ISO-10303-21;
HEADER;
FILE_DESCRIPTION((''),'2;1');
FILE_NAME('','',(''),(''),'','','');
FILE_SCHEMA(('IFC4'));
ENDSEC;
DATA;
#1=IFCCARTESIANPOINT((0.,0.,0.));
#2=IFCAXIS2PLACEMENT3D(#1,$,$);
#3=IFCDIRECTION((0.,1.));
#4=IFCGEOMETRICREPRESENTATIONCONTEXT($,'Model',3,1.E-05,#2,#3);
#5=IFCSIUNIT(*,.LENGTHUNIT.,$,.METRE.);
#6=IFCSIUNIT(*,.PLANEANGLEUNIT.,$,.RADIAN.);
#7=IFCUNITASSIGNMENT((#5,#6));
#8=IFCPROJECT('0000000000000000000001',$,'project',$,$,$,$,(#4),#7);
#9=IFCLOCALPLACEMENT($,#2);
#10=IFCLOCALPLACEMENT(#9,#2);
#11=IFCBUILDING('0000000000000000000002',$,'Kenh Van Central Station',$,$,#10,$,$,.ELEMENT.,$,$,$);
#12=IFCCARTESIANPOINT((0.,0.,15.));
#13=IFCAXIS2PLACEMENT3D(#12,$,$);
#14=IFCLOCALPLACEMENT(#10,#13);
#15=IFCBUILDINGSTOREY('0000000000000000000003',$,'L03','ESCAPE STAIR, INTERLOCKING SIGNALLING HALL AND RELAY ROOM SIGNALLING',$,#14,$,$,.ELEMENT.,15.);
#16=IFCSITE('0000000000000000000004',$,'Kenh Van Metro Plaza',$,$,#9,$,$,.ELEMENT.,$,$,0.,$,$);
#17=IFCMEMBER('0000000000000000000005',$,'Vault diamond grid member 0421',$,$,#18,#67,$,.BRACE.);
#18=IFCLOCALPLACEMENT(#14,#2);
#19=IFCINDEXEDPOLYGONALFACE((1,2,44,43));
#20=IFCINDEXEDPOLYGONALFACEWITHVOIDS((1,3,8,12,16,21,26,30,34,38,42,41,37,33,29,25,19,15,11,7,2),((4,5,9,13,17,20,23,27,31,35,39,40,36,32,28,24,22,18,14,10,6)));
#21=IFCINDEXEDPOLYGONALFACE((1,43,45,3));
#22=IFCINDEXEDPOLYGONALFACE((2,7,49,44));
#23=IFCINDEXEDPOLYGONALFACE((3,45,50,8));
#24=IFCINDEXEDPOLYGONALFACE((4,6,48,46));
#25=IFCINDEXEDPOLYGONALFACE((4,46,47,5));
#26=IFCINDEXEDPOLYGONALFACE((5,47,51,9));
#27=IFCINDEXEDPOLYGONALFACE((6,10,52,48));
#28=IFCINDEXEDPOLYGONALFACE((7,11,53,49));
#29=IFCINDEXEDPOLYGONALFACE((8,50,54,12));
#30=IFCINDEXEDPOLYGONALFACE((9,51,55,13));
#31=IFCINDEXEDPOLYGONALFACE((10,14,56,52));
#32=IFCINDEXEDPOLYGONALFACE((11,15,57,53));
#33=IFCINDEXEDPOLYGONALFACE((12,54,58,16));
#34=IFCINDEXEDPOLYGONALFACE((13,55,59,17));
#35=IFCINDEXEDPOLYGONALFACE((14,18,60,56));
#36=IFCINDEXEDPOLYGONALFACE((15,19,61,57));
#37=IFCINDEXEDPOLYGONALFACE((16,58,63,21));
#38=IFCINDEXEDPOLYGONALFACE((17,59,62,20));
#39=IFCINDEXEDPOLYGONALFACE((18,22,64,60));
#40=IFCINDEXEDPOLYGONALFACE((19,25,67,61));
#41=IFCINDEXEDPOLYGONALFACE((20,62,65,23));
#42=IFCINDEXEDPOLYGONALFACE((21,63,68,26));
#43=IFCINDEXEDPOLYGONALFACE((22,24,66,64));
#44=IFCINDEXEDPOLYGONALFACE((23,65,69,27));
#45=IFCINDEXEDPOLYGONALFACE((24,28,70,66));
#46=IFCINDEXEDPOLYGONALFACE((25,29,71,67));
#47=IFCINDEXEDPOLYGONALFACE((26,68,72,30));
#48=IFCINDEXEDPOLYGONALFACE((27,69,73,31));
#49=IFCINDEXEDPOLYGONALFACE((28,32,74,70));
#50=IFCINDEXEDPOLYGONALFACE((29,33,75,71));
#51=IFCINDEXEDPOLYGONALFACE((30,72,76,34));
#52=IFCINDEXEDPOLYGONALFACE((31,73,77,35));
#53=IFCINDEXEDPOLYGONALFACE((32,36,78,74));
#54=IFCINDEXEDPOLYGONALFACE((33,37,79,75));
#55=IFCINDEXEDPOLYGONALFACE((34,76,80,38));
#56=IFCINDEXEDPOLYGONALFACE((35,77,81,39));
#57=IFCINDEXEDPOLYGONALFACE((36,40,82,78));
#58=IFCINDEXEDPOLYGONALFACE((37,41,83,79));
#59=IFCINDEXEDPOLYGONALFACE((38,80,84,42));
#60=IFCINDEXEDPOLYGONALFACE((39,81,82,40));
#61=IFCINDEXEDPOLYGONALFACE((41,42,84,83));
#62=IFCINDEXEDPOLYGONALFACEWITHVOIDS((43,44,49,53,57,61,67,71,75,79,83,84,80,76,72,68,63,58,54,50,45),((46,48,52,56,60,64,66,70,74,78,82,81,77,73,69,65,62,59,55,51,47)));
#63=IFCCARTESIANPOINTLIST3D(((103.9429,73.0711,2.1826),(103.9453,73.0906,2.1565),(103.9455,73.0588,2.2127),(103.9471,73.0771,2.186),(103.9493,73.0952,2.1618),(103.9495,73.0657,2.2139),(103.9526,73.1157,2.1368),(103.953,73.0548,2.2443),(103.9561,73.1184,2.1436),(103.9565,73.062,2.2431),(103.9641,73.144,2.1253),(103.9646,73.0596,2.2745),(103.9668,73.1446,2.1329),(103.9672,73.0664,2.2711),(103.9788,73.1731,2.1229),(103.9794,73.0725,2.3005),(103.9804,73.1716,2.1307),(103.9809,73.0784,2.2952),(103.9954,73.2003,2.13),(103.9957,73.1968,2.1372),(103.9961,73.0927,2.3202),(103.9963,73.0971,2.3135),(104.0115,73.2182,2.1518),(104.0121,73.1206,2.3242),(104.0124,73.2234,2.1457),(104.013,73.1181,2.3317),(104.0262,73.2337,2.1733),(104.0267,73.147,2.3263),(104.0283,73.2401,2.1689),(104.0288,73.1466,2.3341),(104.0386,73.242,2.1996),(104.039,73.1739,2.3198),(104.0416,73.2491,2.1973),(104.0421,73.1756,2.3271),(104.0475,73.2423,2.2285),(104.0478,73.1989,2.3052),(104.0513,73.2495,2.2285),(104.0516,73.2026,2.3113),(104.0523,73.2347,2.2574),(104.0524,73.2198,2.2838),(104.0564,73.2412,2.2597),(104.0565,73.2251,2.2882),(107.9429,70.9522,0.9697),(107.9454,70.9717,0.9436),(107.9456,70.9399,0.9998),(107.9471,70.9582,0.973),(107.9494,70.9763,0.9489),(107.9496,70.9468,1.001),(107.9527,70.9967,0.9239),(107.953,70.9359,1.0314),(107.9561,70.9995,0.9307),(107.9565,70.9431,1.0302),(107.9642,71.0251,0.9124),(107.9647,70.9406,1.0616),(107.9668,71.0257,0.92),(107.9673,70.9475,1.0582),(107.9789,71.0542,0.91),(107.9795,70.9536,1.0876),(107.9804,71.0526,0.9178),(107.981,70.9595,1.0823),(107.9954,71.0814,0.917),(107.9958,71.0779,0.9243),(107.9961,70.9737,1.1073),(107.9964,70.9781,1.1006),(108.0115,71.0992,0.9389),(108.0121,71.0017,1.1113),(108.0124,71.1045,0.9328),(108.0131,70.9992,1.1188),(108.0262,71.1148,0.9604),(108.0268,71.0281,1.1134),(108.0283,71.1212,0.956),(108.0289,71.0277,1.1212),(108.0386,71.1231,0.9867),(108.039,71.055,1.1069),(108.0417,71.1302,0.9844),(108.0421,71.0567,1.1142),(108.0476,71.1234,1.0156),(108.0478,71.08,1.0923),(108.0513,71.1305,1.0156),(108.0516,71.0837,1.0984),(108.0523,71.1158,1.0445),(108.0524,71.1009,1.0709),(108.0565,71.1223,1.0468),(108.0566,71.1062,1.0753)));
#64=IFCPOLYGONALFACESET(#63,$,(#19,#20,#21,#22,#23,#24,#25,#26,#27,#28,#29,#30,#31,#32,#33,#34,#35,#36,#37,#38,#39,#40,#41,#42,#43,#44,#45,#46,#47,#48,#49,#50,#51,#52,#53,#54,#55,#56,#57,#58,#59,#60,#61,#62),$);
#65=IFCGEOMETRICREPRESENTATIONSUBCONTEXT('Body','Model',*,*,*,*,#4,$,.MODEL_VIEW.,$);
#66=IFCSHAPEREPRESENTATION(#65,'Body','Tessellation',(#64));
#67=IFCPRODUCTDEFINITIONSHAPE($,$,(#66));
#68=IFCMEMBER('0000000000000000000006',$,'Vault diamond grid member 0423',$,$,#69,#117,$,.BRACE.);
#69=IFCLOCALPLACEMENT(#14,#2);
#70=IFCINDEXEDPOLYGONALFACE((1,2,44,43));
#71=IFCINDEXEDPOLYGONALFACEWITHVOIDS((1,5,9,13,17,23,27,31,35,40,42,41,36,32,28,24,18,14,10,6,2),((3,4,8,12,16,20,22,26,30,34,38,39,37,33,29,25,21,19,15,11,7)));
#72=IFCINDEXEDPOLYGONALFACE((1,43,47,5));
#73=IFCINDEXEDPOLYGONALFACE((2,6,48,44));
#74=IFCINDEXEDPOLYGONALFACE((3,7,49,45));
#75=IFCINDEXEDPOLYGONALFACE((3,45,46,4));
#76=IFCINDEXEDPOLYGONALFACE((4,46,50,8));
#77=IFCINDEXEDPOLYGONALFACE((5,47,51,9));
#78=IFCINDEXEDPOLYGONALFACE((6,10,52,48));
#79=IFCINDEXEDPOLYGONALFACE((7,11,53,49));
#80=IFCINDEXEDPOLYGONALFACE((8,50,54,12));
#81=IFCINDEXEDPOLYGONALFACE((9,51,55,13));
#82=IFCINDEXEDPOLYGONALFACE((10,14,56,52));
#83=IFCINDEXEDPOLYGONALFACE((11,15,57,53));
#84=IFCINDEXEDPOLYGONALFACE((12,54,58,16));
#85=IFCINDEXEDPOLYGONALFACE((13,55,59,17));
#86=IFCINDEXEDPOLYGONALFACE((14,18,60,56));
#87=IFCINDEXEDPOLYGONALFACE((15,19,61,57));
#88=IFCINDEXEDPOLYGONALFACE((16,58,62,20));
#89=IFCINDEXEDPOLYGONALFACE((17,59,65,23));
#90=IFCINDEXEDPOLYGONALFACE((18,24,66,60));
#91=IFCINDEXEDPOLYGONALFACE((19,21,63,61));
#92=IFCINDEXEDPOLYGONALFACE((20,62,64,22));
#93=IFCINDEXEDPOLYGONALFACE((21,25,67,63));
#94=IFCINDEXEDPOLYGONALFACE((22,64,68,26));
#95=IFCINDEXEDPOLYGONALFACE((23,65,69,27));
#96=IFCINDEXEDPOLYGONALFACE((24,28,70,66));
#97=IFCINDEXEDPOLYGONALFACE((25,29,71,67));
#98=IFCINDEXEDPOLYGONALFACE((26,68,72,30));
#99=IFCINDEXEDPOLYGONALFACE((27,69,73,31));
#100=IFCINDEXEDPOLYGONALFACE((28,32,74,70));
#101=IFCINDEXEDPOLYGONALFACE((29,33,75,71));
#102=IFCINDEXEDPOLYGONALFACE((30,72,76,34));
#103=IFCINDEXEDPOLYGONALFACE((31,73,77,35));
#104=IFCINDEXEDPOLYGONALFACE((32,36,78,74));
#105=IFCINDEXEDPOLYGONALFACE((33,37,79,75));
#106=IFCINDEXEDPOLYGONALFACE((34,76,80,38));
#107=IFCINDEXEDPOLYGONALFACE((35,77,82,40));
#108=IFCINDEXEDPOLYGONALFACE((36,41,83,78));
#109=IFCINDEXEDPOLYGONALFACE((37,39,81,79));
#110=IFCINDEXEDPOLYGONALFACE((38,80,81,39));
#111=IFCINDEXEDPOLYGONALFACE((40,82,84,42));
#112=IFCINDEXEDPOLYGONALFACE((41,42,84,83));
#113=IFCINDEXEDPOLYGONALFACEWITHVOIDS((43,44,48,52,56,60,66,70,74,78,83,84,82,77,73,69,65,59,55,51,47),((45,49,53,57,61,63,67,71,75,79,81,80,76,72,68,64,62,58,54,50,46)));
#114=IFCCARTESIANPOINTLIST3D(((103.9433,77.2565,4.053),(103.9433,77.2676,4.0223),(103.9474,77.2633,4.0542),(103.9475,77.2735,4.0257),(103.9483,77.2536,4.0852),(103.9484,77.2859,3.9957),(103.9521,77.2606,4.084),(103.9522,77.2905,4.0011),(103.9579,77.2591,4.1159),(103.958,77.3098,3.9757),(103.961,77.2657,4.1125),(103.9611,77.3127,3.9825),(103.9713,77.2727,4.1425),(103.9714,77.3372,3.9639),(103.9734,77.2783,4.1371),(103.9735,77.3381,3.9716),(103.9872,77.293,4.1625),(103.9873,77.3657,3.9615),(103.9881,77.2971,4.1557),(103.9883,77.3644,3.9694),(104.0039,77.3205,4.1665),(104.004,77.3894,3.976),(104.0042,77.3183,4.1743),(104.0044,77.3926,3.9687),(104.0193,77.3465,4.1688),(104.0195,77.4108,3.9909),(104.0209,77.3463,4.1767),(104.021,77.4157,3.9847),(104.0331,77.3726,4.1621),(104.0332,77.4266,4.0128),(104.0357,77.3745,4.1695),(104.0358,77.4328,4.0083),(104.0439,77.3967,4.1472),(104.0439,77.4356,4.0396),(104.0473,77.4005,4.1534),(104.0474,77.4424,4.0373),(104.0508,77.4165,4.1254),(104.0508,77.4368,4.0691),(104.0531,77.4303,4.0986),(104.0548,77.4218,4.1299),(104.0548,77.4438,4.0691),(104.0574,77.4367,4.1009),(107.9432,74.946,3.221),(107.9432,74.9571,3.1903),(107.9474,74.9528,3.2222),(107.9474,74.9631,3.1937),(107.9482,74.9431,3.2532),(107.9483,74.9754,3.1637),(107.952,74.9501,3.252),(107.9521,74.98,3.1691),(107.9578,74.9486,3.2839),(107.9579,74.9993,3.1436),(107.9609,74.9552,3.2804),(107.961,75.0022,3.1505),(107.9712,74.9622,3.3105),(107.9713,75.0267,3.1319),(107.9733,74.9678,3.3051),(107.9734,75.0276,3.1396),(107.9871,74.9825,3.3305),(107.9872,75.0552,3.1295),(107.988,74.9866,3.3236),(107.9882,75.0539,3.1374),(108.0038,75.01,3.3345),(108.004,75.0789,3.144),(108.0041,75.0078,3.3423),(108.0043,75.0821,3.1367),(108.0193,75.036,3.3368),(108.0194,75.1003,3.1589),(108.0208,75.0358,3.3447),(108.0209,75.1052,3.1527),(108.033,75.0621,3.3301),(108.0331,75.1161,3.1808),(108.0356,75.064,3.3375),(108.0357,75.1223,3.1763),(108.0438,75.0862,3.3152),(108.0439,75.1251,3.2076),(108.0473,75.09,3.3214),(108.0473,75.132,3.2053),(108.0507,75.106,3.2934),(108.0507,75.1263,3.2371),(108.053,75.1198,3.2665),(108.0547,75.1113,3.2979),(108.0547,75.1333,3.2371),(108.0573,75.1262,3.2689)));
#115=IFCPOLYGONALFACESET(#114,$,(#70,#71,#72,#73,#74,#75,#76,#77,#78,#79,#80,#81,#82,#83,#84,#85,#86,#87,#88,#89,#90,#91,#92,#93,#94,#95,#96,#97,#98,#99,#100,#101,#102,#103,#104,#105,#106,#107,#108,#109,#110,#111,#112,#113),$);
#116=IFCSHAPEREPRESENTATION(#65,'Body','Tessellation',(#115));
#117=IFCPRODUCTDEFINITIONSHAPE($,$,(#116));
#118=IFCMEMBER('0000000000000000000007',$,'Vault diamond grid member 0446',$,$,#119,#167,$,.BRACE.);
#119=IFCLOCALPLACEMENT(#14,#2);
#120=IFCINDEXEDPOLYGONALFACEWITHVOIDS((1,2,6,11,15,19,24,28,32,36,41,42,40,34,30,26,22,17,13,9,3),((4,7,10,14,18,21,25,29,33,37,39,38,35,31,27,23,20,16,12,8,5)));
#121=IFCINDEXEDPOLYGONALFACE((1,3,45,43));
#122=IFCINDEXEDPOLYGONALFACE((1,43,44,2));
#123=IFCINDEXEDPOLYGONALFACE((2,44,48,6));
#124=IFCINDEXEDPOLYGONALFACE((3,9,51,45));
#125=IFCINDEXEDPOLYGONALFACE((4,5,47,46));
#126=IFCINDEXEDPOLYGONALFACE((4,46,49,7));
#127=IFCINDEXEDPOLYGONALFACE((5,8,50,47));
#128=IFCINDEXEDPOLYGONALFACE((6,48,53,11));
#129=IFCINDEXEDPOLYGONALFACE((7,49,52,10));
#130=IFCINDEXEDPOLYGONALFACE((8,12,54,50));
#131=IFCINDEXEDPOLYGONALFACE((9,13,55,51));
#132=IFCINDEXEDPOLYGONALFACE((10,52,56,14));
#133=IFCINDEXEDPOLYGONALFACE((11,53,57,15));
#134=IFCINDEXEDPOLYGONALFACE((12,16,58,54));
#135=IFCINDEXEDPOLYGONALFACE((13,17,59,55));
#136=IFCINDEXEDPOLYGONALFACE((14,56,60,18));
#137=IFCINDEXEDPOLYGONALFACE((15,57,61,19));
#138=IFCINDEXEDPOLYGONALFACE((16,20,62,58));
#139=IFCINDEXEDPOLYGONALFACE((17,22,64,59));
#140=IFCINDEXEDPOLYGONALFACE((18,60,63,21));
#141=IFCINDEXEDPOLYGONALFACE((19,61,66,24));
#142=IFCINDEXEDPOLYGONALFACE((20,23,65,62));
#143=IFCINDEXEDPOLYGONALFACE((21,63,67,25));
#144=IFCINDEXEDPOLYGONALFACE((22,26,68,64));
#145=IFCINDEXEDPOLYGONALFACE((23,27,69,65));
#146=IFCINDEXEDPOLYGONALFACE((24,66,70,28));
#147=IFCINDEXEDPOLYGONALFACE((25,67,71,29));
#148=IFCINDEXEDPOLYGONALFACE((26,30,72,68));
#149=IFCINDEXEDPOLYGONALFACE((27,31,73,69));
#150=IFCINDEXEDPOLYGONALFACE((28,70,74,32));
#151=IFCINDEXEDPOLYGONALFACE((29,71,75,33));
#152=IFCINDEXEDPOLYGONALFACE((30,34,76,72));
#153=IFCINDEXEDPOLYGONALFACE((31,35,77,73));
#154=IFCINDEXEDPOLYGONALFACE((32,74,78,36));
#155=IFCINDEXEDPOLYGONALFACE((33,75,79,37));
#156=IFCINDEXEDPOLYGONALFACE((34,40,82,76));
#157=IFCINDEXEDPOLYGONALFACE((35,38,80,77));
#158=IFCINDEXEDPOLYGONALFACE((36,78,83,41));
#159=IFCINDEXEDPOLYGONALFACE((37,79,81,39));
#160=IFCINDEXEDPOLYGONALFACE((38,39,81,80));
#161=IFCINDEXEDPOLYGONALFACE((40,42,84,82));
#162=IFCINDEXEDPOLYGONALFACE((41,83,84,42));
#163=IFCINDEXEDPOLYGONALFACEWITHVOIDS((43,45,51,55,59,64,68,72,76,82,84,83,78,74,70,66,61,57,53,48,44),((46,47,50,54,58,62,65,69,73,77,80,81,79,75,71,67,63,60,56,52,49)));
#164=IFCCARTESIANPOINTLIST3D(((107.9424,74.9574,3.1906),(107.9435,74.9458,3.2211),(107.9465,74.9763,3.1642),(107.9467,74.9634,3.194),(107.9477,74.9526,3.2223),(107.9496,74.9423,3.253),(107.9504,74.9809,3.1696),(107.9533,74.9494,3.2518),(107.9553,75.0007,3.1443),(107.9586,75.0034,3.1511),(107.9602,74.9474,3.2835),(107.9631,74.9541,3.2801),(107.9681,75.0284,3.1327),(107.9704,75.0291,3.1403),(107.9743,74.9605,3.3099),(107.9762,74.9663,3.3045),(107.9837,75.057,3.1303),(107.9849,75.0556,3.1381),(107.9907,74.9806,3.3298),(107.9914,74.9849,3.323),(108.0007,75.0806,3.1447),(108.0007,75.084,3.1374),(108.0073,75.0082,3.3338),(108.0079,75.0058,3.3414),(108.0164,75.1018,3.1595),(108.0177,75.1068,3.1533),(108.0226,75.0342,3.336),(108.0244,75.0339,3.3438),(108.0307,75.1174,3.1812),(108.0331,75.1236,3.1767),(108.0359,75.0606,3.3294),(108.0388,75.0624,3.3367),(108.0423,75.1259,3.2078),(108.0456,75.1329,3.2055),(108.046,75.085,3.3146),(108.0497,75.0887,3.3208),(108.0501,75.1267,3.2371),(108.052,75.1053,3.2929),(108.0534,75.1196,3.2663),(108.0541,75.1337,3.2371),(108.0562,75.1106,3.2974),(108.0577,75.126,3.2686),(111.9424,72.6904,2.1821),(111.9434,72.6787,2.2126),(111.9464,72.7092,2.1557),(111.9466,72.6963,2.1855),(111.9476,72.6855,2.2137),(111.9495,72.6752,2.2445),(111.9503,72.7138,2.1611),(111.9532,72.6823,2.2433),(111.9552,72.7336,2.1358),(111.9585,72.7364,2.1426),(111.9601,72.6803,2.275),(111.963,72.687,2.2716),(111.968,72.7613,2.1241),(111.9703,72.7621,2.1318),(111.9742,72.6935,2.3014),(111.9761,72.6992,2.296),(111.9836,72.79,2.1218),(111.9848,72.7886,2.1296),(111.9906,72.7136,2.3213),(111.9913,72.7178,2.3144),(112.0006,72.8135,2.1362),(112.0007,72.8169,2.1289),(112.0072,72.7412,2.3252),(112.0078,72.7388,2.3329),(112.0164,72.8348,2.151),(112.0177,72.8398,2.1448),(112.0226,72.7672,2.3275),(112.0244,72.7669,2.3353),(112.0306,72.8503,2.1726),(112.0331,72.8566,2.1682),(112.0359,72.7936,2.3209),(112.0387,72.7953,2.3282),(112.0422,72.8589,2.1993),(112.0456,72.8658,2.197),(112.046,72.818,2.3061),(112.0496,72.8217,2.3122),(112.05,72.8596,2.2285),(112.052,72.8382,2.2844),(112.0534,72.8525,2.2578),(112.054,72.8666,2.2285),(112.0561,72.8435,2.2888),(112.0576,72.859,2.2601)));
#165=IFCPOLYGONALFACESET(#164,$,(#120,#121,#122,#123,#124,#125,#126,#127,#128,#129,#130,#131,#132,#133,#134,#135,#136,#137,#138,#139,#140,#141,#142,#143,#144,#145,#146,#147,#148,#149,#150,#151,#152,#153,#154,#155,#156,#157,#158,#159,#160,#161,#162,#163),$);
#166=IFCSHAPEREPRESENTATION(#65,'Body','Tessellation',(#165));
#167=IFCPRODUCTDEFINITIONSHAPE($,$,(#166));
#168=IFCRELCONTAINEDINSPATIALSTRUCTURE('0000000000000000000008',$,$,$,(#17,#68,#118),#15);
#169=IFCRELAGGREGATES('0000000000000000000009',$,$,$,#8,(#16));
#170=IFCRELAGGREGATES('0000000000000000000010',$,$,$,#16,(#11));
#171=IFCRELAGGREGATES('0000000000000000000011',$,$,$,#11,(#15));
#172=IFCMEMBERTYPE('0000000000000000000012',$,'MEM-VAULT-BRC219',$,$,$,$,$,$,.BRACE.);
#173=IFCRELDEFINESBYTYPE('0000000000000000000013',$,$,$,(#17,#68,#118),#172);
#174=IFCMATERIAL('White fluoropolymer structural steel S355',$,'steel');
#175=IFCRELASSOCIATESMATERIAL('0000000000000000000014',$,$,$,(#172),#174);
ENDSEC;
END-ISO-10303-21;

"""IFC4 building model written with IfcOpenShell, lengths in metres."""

from ifc_helpers import new_model, si_unit, direction, frame, origin, origin_2d, place, context, subcontext, project, spatial, hollow_circle, extrude, material, material_profile, profile_set, type_object, element, save


model = new_model("IFC4")

# Units and contexts
model_context = context("Model", 3, precision=1e-05, world=origin(), true_north=direction((0.0, 1.0)))
body_context = subcontext(model_context, "Body", "Model", "MODEL_VIEW")
ifc_project = project(units=[si_unit("LENGTHUNIT", "METRE"), si_unit("PLANEANGLEUNIT", "RADIAN")], contexts=[model_context])

# Site, building, storey
site_placement = place(None, origin())
site = spatial("IfcSite", under=ifc_project, at=site_placement, Name="Kenh Van Metro Plaza", CompositionType="ELEMENT", RefElevation=0.0)
building_placement = place(site_placement, origin())
building = spatial("IfcBuilding", under=site, at=building_placement, Name="Kenh Van Central Station", CompositionType="ELEMENT")
storey_placement = place(building_placement, frame((0.0, 0.0, 15.0)))
storey = spatial("IfcBuildingStorey", under=building, at=storey_placement, Name="L03", Description="ESCAPE STAIR, INTERLOCKING SIGNALLING HALL AND RELAY ROOM SIGNALLING", CompositionType="ELEMENT", Elevation=15.0)

# Shared definitions
ifc_material_1 = material(Name="White fluoropolymer structural steel S355", Category="steel")

# Members
ifc_material_profile_1 = material_profile(ifc_material_1, hollow_circle(Radius=0.1096, WallThickness=0.0081, at=origin_2d()), Name="CHS 219.1x8")
ifc_profile_set_1 = profile_set([ifc_material_profile_1], Name="White fluoropolymer structural steel S355")
member_type_1 = type_object("IfcMemberType", Name="MEM-VAULT-BRC219", PredefinedType="BRACE", material=ifc_profile_set_1)
member_1_placement = place(storey_placement, frame((104.0, 73.1526, 2.2285), z_axis=(0.853563, -0.452153, -0.25882), x_axis=(0.468103, 0.883674, 0.0)))
element("IfcMember", 1, at=member_1_placement, inside=storey, type_object=member_type_1, Name="Vault diamond grid member 0421", PredefinedType="BRACE", context=body_context, shape_type="SweptSolid", body=[
    extrude(hollow_circle(Radius=0.1096, WallThickness=0.0081, at=origin_2d()), origin(), (0.0, 0.0, 1.0), 4.6863),
])
member_2_placement = place(storey_placement, frame((104.0, 77.3489, 4.0691), z_axis=(0.852205, -0.492265, -0.177265), x_axis=(0.500186, 0.865918, 0.0)))
element("IfcMember", 2, at=member_2_placement, inside=storey, type_object=member_type_1, Name="Vault diamond grid member 0423", PredefinedType="BRACE", context=body_context, shape_type="SweptSolid", body=[
    extrude(hollow_circle(Radius=0.1096, WallThickness=0.0081, at=origin_2d()), origin(), (0.0, 0.0, 1.0), 4.6936),
])
member_3_placement = place(storey_placement, frame((108.0, 75.0383, 3.2371), z_axis=(0.849779, -0.481631, -0.21426), x_axis=(0.493082, 0.869983, 0.0)))
element("IfcMember", 3, at=member_3_placement, inside=storey, type_object=member_type_1, Name="Vault diamond grid member 0446", PredefinedType="BRACE", context=body_context, shape_type="SweptSolid", body=[
    extrude(hollow_circle(Radius=0.1096, WallThickness=0.0081, at=origin_2d()), origin(), (0.0, 0.0, 1.0), 4.707),
])

save(model, "model.ifc")
